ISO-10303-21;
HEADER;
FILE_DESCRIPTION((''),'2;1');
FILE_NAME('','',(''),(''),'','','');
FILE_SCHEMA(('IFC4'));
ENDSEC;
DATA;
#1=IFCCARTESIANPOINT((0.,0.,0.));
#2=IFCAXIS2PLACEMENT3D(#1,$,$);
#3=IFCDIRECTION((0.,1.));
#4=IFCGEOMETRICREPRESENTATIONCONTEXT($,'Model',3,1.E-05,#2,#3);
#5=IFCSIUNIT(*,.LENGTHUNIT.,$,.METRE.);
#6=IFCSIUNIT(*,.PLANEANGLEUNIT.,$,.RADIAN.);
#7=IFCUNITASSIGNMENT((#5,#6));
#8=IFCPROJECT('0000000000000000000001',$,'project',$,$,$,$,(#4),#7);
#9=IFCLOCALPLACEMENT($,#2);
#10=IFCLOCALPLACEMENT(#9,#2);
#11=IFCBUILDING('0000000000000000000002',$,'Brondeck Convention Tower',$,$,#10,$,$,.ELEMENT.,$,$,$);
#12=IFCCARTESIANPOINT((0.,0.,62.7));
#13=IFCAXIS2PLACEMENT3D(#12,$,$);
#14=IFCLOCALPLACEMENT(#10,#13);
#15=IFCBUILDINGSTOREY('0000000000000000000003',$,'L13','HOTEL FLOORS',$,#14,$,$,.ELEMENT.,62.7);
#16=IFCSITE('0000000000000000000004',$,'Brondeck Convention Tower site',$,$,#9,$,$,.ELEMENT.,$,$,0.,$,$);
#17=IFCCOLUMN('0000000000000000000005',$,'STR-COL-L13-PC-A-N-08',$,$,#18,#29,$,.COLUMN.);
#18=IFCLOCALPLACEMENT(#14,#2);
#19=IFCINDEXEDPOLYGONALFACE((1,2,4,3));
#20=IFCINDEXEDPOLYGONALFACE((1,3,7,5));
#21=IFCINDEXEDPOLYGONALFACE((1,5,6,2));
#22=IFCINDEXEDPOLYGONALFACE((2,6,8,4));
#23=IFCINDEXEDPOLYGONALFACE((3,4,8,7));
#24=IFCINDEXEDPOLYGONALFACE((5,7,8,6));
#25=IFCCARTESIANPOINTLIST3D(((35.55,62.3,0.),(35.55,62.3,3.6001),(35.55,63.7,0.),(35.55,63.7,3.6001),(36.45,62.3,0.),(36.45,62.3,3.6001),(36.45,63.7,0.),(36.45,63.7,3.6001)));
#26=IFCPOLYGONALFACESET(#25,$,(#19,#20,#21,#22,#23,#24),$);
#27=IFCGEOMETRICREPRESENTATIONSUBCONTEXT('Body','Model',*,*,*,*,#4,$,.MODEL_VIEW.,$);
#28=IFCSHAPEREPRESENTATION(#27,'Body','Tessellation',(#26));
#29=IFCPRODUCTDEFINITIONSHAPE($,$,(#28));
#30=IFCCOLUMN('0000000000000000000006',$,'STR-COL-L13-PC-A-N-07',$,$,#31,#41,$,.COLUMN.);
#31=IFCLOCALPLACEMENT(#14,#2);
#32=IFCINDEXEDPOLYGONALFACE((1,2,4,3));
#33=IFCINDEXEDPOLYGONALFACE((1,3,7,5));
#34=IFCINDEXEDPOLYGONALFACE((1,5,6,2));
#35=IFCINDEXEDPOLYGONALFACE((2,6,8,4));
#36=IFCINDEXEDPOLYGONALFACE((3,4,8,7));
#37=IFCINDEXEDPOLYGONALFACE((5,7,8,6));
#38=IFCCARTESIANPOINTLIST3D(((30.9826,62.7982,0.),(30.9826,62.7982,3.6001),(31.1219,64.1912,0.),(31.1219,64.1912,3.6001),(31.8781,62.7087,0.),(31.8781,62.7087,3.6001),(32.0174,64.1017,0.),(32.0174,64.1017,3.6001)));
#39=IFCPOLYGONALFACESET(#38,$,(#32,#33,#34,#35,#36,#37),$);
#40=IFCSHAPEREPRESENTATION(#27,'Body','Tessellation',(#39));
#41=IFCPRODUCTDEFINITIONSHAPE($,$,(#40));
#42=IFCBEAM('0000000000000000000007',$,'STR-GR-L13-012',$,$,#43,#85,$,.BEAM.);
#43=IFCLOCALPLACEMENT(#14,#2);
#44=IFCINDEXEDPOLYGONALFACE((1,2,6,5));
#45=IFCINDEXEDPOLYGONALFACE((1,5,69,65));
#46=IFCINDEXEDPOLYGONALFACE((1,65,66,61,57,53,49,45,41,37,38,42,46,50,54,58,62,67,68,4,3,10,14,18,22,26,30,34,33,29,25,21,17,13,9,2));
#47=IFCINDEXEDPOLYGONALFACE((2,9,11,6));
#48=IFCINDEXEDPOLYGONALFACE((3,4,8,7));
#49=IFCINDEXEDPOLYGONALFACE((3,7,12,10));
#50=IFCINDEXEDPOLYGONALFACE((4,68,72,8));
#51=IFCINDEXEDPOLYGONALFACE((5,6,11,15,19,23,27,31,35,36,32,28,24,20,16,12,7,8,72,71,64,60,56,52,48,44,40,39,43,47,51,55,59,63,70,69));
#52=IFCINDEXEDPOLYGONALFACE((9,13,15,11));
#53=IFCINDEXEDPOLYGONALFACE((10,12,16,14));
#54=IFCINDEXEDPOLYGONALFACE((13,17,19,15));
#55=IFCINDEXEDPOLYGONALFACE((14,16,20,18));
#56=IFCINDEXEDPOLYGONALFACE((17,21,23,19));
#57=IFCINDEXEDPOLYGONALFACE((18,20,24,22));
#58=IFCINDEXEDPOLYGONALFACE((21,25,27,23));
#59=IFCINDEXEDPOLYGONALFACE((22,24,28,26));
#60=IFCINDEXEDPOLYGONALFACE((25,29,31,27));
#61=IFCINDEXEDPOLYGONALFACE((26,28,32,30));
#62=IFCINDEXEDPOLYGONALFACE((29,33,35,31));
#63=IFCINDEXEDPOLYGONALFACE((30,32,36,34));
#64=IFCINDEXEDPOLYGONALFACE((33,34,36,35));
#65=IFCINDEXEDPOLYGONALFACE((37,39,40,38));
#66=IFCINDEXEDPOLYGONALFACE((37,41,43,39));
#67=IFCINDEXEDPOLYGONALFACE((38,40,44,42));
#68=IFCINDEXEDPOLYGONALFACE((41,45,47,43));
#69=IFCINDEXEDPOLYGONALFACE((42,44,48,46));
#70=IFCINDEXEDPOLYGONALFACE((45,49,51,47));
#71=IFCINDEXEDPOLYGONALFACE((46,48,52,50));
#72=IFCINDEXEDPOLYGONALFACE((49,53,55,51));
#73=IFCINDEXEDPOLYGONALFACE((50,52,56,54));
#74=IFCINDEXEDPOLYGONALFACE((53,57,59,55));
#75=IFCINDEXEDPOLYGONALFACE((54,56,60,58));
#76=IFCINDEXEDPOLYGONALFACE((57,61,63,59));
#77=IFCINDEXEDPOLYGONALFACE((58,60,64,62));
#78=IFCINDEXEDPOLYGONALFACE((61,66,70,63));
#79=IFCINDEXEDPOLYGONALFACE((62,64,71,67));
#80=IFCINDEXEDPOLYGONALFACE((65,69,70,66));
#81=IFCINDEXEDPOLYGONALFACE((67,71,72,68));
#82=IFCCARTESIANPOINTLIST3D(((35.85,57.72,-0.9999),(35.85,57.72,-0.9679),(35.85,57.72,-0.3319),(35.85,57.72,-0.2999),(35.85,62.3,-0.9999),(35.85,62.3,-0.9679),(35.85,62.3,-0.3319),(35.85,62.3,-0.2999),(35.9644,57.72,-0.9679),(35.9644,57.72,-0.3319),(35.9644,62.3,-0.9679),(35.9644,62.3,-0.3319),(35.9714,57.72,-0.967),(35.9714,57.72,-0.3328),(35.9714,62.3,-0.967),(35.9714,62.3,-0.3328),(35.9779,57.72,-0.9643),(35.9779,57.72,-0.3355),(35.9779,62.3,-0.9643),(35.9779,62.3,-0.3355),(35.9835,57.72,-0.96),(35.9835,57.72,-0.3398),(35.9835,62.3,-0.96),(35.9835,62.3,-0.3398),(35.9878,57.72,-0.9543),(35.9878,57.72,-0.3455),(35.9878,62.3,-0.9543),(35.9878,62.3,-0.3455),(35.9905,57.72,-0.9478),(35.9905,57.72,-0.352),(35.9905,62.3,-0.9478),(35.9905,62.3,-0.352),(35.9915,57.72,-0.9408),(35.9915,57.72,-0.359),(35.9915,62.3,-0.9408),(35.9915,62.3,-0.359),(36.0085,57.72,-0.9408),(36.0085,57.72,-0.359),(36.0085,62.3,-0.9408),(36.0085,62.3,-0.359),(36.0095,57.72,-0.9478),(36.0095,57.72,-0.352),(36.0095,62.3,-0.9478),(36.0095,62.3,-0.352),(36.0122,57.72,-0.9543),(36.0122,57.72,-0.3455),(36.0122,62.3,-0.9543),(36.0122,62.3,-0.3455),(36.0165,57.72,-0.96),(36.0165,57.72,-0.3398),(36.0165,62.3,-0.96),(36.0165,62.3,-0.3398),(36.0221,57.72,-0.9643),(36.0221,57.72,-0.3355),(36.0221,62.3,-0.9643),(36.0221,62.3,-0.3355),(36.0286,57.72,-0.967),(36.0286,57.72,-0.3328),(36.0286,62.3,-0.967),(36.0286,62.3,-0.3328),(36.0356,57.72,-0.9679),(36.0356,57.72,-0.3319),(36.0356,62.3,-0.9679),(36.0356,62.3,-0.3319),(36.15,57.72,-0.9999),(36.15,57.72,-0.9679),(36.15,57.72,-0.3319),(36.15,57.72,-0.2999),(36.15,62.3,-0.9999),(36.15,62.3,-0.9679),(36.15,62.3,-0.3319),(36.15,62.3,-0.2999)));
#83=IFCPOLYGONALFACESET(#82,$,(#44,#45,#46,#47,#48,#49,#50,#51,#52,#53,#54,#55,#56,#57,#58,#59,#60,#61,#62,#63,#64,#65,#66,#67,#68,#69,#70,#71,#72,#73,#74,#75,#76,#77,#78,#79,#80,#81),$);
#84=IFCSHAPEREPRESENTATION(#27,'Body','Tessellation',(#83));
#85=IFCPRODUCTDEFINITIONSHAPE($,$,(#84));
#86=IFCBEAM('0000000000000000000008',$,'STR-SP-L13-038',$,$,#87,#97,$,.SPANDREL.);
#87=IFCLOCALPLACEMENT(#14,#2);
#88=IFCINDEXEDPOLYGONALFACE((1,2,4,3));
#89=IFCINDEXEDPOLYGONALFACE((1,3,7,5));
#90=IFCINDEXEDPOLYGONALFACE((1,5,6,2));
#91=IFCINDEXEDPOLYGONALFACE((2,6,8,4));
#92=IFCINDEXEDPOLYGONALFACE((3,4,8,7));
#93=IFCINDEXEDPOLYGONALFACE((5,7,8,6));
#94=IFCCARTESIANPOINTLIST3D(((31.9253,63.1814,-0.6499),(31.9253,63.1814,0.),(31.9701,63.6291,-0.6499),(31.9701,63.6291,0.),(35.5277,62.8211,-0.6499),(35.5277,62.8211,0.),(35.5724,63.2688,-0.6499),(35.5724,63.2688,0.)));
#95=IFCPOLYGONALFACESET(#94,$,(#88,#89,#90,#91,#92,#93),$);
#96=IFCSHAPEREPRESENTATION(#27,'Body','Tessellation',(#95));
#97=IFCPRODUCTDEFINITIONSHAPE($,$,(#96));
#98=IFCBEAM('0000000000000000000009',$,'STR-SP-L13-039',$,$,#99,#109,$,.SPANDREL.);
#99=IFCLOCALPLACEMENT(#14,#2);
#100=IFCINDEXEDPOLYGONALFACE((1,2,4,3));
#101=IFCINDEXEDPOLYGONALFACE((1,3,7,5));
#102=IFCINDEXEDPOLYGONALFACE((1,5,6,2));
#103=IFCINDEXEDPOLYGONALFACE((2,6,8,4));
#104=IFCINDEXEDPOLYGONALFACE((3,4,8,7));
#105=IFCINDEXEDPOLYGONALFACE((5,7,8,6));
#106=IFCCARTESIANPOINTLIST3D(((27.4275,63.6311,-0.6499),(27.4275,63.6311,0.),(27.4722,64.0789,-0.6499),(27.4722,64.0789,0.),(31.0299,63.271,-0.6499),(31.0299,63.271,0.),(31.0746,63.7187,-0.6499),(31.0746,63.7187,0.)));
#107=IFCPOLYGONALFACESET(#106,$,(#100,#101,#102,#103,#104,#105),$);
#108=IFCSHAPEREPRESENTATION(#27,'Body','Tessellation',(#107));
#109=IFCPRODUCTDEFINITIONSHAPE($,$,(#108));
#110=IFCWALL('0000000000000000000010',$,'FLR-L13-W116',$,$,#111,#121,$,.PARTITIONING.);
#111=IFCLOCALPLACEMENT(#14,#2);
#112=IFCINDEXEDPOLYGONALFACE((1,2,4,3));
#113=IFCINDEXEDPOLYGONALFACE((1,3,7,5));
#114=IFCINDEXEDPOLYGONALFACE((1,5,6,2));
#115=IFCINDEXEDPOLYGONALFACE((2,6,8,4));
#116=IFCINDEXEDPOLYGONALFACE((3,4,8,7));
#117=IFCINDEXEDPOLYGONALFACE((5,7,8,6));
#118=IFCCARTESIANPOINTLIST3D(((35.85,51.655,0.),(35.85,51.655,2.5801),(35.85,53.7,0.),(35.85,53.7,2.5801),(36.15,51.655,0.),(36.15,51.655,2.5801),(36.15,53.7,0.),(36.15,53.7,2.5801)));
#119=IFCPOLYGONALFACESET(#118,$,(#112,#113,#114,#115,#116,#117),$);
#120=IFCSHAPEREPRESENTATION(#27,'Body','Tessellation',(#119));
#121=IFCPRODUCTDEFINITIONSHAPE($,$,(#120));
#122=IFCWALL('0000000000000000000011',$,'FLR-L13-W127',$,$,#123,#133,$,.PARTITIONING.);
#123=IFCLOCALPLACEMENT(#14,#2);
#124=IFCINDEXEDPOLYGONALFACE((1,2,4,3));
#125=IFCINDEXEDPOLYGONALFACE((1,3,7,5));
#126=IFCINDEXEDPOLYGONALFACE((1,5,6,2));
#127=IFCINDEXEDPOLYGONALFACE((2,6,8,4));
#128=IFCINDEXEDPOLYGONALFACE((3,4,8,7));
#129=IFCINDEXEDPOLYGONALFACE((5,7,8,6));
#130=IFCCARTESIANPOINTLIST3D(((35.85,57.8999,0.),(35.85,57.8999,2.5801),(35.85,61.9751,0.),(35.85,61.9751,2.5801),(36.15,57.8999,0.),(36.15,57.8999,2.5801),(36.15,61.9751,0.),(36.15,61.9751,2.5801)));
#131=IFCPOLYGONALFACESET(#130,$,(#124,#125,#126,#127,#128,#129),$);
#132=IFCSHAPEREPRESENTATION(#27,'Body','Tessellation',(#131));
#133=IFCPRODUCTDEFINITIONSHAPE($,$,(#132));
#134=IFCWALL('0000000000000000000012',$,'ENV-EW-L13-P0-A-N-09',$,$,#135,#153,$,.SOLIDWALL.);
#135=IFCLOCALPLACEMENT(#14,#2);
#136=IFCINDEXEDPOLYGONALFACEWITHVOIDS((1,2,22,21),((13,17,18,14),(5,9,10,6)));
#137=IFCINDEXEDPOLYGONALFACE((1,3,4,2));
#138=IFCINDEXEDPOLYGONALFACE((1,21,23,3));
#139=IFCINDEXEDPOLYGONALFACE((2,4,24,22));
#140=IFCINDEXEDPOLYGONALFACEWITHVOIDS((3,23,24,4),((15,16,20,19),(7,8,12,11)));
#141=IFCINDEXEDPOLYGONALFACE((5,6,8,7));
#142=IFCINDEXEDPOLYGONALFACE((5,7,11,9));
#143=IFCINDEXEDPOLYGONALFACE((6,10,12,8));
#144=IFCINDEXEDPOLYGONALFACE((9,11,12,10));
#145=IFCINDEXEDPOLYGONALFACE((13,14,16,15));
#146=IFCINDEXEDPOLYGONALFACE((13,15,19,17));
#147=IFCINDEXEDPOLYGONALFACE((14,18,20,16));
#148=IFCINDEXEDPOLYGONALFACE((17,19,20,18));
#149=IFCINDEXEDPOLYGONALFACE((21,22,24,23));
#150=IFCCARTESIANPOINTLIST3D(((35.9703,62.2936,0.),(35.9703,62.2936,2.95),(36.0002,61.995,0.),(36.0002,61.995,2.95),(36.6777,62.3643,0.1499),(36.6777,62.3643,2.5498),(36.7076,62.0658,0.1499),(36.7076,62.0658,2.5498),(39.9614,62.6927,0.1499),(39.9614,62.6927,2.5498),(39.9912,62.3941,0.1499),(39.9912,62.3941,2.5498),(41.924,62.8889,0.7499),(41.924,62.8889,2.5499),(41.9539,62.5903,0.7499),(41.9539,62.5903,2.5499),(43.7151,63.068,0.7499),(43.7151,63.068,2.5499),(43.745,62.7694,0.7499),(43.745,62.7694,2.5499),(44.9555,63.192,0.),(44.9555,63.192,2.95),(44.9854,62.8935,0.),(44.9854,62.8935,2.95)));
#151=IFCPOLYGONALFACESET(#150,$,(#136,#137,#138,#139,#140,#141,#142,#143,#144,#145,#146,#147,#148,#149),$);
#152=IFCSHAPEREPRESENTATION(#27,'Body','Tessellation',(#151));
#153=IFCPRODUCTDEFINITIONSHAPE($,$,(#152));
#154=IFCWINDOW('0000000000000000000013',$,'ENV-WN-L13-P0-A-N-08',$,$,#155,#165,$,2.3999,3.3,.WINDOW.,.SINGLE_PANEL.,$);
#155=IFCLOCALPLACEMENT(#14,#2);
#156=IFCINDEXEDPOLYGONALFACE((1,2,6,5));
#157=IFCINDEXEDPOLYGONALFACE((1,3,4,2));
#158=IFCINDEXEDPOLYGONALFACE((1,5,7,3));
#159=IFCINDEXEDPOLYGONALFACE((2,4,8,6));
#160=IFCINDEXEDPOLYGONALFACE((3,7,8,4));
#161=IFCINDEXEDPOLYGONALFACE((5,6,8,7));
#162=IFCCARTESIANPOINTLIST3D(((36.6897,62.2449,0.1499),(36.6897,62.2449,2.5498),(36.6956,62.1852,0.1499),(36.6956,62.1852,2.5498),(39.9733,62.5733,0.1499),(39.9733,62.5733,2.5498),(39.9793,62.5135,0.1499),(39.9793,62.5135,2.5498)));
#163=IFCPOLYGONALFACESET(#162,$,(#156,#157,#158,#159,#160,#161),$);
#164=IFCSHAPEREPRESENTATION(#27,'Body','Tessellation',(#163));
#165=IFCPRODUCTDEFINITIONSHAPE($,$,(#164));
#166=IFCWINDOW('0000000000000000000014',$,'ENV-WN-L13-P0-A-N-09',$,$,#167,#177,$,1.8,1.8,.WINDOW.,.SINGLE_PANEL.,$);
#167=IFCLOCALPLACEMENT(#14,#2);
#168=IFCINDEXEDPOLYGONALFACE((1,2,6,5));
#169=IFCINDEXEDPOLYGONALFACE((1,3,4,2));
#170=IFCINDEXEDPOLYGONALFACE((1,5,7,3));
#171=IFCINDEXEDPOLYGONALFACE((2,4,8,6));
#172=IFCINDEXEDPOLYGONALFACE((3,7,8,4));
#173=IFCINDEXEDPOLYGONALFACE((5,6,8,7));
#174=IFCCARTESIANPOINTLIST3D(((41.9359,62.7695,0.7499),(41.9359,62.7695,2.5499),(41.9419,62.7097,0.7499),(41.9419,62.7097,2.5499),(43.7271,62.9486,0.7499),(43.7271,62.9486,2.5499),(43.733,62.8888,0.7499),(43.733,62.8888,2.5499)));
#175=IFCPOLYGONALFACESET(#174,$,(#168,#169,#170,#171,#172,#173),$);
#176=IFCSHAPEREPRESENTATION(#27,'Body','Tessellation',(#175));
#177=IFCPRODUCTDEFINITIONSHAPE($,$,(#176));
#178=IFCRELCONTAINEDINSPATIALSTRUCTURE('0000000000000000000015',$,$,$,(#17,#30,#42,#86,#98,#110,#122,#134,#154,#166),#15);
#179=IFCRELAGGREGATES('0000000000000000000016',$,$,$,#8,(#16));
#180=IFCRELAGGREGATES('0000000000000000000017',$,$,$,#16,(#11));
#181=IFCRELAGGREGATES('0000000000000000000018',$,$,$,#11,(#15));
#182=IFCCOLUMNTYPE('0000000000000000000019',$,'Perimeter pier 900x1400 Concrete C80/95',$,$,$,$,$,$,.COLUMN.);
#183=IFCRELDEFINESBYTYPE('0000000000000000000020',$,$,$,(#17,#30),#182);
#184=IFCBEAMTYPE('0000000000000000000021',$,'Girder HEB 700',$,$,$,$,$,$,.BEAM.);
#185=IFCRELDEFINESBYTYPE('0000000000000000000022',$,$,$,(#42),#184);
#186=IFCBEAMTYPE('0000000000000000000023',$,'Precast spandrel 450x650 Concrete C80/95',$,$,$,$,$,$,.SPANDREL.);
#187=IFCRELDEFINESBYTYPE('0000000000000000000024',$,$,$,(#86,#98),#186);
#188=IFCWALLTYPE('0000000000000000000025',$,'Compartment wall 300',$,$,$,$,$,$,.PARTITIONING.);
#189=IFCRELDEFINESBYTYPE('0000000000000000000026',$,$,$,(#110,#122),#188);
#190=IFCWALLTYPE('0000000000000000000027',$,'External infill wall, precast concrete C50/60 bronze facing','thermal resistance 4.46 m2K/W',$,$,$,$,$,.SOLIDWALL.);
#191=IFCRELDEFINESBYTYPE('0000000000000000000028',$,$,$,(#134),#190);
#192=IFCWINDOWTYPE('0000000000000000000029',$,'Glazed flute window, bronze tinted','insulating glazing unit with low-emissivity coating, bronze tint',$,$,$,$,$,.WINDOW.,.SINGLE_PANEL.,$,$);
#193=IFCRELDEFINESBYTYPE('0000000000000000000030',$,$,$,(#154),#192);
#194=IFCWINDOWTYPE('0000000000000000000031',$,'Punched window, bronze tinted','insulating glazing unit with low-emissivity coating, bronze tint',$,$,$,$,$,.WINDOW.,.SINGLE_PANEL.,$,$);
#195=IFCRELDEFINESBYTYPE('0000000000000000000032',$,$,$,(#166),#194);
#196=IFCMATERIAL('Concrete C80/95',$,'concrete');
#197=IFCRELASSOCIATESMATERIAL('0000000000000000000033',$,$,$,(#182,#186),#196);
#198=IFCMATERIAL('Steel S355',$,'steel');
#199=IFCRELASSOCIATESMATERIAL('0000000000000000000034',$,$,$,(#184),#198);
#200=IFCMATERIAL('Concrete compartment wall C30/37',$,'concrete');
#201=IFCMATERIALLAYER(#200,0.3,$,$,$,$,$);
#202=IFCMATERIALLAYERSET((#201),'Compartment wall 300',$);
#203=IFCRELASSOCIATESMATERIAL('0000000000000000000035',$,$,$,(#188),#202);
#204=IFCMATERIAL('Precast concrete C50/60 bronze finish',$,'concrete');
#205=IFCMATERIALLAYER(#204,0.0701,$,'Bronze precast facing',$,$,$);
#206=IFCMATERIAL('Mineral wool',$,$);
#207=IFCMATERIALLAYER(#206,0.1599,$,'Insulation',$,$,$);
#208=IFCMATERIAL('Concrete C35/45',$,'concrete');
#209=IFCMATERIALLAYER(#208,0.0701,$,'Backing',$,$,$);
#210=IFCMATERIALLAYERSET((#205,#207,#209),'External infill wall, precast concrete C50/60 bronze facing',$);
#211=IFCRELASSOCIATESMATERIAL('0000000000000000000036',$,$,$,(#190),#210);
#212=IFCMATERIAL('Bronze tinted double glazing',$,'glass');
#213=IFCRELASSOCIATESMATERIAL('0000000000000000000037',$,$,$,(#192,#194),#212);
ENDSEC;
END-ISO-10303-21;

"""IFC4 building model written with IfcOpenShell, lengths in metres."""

from ifc_helpers import new_model, si_unit, direction, frame, frame_2d, origin, origin_2d, place, context, subcontext, project, spatial, rectangle, i_section, extrude, material, layer, layer_set, material_profile, profile_set, type_object, element, fill, save


model = new_model("IFC4")

# Units and contexts
model_context = context("Model", 3, precision=1e-05, world=origin(), true_north=direction((0.0, 1.0)))
body_context = subcontext(model_context, "Body", "Model", "MODEL_VIEW")
ifc_project = project(units=[si_unit("LENGTHUNIT", "METRE"), si_unit("PLANEANGLEUNIT", "RADIAN")], contexts=[model_context])

# Site, building, storey
site_placement = place(None, origin())
site = spatial("IfcSite", under=ifc_project, at=site_placement, Name="Brondeck Convention Tower site", CompositionType="ELEMENT", RefElevation=0.0)
building_placement = place(site_placement, origin())
building = spatial("IfcBuilding", under=site, at=building_placement, Name="Brondeck Convention Tower", CompositionType="ELEMENT")
storey_placement = place(building_placement, frame((0.0, 0.0, 62.7)))
storey = spatial("IfcBuildingStorey", under=building, at=storey_placement, Name="L13", Description="HOTEL FLOORS", CompositionType="ELEMENT", Elevation=62.7)

# Columns
ifc_material_1 = material(Name="Concrete C80/95", Category="concrete")
ifc_material_profile_1 = material_profile(ifc_material_1, rectangle(XDim=0.8999, YDim=1.3999, at=origin_2d()), Name="Perimeter pier 900x1400 Concrete C80/95")
ifc_profile_set_1 = profile_set([ifc_material_profile_1], Name="Concrete C80/95")
column_type = type_object("IfcColumnType", Name="Perimeter pier 900x1400 Concrete C80/95", PredefinedType="COLUMN", material=ifc_profile_set_1)
for number, where, z_axis, x_axis, name in (
    (1, (36.0, 63.0, 0.0), (0.0, 0.0, 1.0), (-1.0, 0.0, 0.0), "STR-COL-L13-PC-A-N-08"),
    (2, (31.5, 63.45, 0.0), (0.0, 0.0, 1.0), (-0.995037, 0.099504, 0.0), "STR-COL-L13-PC-A-N-07"),
):
    element("IfcColumn", number, at=place(storey_placement, frame(where, z_axis=z_axis, x_axis=x_axis)), inside=storey, type_object=column_type, Name=name, PredefinedType="COLUMN", context=body_context, shape_type="SweptSolid", body=[
        extrude(rectangle(XDim=0.8999, YDim=1.3999, at=origin_2d()), origin(), (0.0, 0.0, 1.0), 3.6001),
    ])

# Beams
ifc_material_2 = material(Name="Steel S355", Category="steel")
ifc_material_profile_2 = material_profile(ifc_material_2, i_section(OverallWidth=0.3, OverallDepth=0.7, WebThickness=0.0171, FlangeThickness=0.032, FilletRadius=0.0271, at=origin_2d()), Name="HEB 700")
ifc_profile_set_2 = profile_set([ifc_material_profile_2], Name="Steel S355")
beam_type_1 = type_object("IfcBeamType", Name="Girder HEB 700", PredefinedType="BEAM", material=ifc_profile_set_2)
beam_placement = place(storey_placement, frame((36.0, 57.72, -0.6499), z_axis=(0.0, 1.0, 0.0), x_axis=(-1.0, 0.0, 0.0)))
element("IfcBeam", 3, at=beam_placement, inside=storey, type_object=beam_type_1, Name="STR-GR-L13-012", PredefinedType="BEAM", context=body_context, shape_type="SweptSolid", body=[
    extrude(i_section(OverallWidth=0.3, OverallDepth=0.7, WebThickness=0.0171, FlangeThickness=0.032, FilletRadius=0.0271, at=origin_2d()), origin(), (0.0, 0.0, 1.0), 4.5801),
])
ifc_material_profile_3 = material_profile(ifc_material_1, rectangle(XDim=0.45, YDim=0.6499, at=origin_2d()), Name="Precast spandrel 450x650 Concrete C80/95")
ifc_profile_set_3 = profile_set([ifc_material_profile_3], Name="Concrete C80/95")
beam_type_2 = type_object("IfcBeamType", Name="Precast spandrel 450x650 Concrete C80/95", PredefinedType="SPANDREL", material=ifc_profile_set_3)
for number, where, z_axis, x_axis, name in (
    (4, (35.55, 63.0449, -0.325), (-0.995034, 0.099537, 0.0), (-0.099537, -0.995034, 0.0), "STR-SP-L13-038"),
    (5, (31.0522, 63.4949, -0.325), (-0.995041, 0.09947, 0.0), (-0.09947, -0.995041, 0.0), "STR-SP-L13-039"),
):
    element("IfcBeam", number, at=place(storey_placement, frame(where, z_axis=z_axis, x_axis=x_axis)), inside=storey, type_object=beam_type_2, Name=name, PredefinedType="SPANDREL", context=body_context, shape_type="SweptSolid", body=[
        extrude(rectangle(XDim=0.45, YDim=0.6499, at=origin_2d()), origin(), (0.0, 0.0, 1.0), 3.6204),
    ])

# Walls
ifc_material_3 = material(Name="Concrete compartment wall C30/37", Category="concrete")
ifc_layer_1 = layer(ifc_material_3, 0.3)
ifc_layer_set_1 = layer_set([ifc_layer_1], Name="Compartment wall 300")
wall_type_1 = type_object("IfcWallType", Name="Compartment wall 300", PredefinedType="PARTITIONING", material=ifc_layer_set_1)
wall_1_placement = place(storey_placement, frame((36.0, 53.7, 0.0), z_axis=(0.0, 0.0, 1.0), x_axis=(0.0, -1.0, 0.0)))
element("IfcWall", 6, at=wall_1_placement, inside=storey, type_object=wall_type_1, Name="FLR-L13-W116", PredefinedType="PARTITIONING", context=body_context, shape_type="SweptSolid", body=[
    extrude(rectangle(XDim=2.0449, YDim=0.3, at=frame_2d((1.0225, 0.0))), origin(), (0.0, 0.0, 1.0), 2.5801),
])
wall_2_placement = place(storey_placement, frame((36.0, 61.9751, 0.0), z_axis=(0.0, 0.0, 1.0), x_axis=(0.0, -1.0, 0.0)))
element("IfcWall", 7, at=wall_2_placement, inside=storey, type_object=wall_type_1, Name="FLR-L13-W127", PredefinedType="PARTITIONING", context=body_context, shape_type="SweptSolid", body=[
    extrude(rectangle(XDim=4.0752, YDim=0.3, at=frame_2d((2.0376, 0.0))), origin(), (0.0, 0.0, 1.0), 2.5801),
])

# Wall, openings, windows
ifc_material_4 = material(Name="Precast concrete C50/60 bronze finish", Category="concrete")
ifc_layer_2 = layer(ifc_material_4, 0.0701, Name="Bronze precast facing")
ifc_material_5 = material(Name="Mineral wool")
ifc_layer_3 = layer(ifc_material_5, 0.1599, Name="Insulation")
ifc_material_6 = material(Name="Concrete C35/45", Category="concrete")
ifc_layer_4 = layer(ifc_material_6, 0.0701, Name="Backing")
ifc_layer_set_2 = layer_set([ifc_layer_2, ifc_layer_3, ifc_layer_4], Name="External infill wall, precast concrete C50/60 bronze facing")
wall_type_2 = type_object("IfcWallType", Name="External infill wall, precast concrete C50/60 bronze facing", Description="thermal resistance 4.46 m2K/W", PredefinedType="SOLIDWALL", material=ifc_layer_set_2)
wall_3_placement = place(storey_placement, frame((35.9851, 62.1443, 0.0), z_axis=(0.0, 0.0, 1.0), x_axis=(0.995038, 0.099496, 0.0)))
wall_3 = element("IfcWall", 8, at=wall_3_placement, inside=storey, type_object=wall_type_2, Name="ENV-EW-L13-P0-A-N-09", PredefinedType="SOLIDWALL", context=body_context, shape_type="SweptSolid", body=[
    extrude(rectangle(XDim=9.03, YDim=0.3, at=frame_2d((4.5151, 0.0))), origin(), (0.0, 0.0, 1.0), 2.95),
])
opening_1_placement = place(wall_3_placement, frame((0.7112, 0.0, 0.1499)))
opening_1 = element("IfcOpeningElement", 9, at=opening_1_placement, cuts=wall_3, PredefinedType="OPENING", context=body_context, shape_type="SweptSolid", body=[
    extrude(rectangle(XDim=3.3, YDim=2.3999, at=frame_2d((1.6499, 1.2))), frame((0.0, 0.1599, 0.0), z_axis=(0.0, -1.0, 0.0), x_axis=(1.0, 0.0, 0.0)), (0.0, 0.0, 1.0), 0.3201),
])
opening_2_placement = place(wall_3_placement, frame((5.9836, 0.0, 0.75)))
opening_2 = element("IfcOpeningElement", 10, at=opening_2_placement, cuts=wall_3, PredefinedType="OPENING", context=body_context, shape_type="SweptSolid", body=[
    extrude(rectangle(XDim=1.8, YDim=1.8, at=frame_2d((0.8999, 0.8999))), frame((0.0, 0.1599, 0.0), z_axis=(0.0, -1.0, 0.0), x_axis=(1.0, 0.0, 0.0)), (0.0, 0.0, 1.0), 0.3201),
])
ifc_material_7 = material(Name="Bronze tinted double glazing", Category="glass")
window_type_1 = type_object("IfcWindowType", Name="Glazed flute window, bronze tinted", Description="insulating glazing unit with low-emissivity coating, bronze tint", PartitioningType="SINGLE_PANEL", PredefinedType="WINDOW", material=ifc_material_7)
window_1_placement = place(opening_1_placement, origin())
window_1 = element("IfcWindow", 11, at=window_1_placement, inside=storey, type_object=window_type_1, Name="ENV-WN-L13-P0-A-N-08", OverallHeight=2.3999, OverallWidth=3.3, PartitioningType="SINGLE_PANEL", PredefinedType="WINDOW", context=body_context, shape_type="SweptSolid", body=[
    extrude(rectangle(XDim=3.3, YDim=2.3999, at=frame_2d((1.6499, 1.2))), frame((0.0, 0.03, 0.0), z_axis=(0.0, -1.0, 0.0), x_axis=(1.0, 0.0, 0.0)), (0.0, 0.0, 1.0), 0.0601),
])
fill(opening_1, window_1)
window_type_2 = type_object("IfcWindowType", Name="Punched window, bronze tinted", Description="insulating glazing unit with low-emissivity coating, bronze tint", PartitioningType="SINGLE_PANEL", PredefinedType="WINDOW", material=ifc_material_7)
window_2_placement = place(opening_2_placement, origin())
window_2 = element("IfcWindow", 12, at=window_2_placement, inside=storey, type_object=window_type_2, Name="ENV-WN-L13-P0-A-N-09", OverallHeight=1.8, OverallWidth=1.8, PartitioningType="SINGLE_PANEL", PredefinedType="WINDOW", context=body_context, shape_type="SweptSolid", body=[
    extrude(rectangle(XDim=1.8, YDim=1.8, at=frame_2d((0.8999, 0.8999))), frame((0.0, 0.03, 0.0), z_axis=(0.0, -1.0, 0.0), x_axis=(1.0, 0.0, 0.0)), (0.0, 0.0, 1.0), 0.0601),
])
fill(opening_2, window_2)

save(model, "model.ifc")
